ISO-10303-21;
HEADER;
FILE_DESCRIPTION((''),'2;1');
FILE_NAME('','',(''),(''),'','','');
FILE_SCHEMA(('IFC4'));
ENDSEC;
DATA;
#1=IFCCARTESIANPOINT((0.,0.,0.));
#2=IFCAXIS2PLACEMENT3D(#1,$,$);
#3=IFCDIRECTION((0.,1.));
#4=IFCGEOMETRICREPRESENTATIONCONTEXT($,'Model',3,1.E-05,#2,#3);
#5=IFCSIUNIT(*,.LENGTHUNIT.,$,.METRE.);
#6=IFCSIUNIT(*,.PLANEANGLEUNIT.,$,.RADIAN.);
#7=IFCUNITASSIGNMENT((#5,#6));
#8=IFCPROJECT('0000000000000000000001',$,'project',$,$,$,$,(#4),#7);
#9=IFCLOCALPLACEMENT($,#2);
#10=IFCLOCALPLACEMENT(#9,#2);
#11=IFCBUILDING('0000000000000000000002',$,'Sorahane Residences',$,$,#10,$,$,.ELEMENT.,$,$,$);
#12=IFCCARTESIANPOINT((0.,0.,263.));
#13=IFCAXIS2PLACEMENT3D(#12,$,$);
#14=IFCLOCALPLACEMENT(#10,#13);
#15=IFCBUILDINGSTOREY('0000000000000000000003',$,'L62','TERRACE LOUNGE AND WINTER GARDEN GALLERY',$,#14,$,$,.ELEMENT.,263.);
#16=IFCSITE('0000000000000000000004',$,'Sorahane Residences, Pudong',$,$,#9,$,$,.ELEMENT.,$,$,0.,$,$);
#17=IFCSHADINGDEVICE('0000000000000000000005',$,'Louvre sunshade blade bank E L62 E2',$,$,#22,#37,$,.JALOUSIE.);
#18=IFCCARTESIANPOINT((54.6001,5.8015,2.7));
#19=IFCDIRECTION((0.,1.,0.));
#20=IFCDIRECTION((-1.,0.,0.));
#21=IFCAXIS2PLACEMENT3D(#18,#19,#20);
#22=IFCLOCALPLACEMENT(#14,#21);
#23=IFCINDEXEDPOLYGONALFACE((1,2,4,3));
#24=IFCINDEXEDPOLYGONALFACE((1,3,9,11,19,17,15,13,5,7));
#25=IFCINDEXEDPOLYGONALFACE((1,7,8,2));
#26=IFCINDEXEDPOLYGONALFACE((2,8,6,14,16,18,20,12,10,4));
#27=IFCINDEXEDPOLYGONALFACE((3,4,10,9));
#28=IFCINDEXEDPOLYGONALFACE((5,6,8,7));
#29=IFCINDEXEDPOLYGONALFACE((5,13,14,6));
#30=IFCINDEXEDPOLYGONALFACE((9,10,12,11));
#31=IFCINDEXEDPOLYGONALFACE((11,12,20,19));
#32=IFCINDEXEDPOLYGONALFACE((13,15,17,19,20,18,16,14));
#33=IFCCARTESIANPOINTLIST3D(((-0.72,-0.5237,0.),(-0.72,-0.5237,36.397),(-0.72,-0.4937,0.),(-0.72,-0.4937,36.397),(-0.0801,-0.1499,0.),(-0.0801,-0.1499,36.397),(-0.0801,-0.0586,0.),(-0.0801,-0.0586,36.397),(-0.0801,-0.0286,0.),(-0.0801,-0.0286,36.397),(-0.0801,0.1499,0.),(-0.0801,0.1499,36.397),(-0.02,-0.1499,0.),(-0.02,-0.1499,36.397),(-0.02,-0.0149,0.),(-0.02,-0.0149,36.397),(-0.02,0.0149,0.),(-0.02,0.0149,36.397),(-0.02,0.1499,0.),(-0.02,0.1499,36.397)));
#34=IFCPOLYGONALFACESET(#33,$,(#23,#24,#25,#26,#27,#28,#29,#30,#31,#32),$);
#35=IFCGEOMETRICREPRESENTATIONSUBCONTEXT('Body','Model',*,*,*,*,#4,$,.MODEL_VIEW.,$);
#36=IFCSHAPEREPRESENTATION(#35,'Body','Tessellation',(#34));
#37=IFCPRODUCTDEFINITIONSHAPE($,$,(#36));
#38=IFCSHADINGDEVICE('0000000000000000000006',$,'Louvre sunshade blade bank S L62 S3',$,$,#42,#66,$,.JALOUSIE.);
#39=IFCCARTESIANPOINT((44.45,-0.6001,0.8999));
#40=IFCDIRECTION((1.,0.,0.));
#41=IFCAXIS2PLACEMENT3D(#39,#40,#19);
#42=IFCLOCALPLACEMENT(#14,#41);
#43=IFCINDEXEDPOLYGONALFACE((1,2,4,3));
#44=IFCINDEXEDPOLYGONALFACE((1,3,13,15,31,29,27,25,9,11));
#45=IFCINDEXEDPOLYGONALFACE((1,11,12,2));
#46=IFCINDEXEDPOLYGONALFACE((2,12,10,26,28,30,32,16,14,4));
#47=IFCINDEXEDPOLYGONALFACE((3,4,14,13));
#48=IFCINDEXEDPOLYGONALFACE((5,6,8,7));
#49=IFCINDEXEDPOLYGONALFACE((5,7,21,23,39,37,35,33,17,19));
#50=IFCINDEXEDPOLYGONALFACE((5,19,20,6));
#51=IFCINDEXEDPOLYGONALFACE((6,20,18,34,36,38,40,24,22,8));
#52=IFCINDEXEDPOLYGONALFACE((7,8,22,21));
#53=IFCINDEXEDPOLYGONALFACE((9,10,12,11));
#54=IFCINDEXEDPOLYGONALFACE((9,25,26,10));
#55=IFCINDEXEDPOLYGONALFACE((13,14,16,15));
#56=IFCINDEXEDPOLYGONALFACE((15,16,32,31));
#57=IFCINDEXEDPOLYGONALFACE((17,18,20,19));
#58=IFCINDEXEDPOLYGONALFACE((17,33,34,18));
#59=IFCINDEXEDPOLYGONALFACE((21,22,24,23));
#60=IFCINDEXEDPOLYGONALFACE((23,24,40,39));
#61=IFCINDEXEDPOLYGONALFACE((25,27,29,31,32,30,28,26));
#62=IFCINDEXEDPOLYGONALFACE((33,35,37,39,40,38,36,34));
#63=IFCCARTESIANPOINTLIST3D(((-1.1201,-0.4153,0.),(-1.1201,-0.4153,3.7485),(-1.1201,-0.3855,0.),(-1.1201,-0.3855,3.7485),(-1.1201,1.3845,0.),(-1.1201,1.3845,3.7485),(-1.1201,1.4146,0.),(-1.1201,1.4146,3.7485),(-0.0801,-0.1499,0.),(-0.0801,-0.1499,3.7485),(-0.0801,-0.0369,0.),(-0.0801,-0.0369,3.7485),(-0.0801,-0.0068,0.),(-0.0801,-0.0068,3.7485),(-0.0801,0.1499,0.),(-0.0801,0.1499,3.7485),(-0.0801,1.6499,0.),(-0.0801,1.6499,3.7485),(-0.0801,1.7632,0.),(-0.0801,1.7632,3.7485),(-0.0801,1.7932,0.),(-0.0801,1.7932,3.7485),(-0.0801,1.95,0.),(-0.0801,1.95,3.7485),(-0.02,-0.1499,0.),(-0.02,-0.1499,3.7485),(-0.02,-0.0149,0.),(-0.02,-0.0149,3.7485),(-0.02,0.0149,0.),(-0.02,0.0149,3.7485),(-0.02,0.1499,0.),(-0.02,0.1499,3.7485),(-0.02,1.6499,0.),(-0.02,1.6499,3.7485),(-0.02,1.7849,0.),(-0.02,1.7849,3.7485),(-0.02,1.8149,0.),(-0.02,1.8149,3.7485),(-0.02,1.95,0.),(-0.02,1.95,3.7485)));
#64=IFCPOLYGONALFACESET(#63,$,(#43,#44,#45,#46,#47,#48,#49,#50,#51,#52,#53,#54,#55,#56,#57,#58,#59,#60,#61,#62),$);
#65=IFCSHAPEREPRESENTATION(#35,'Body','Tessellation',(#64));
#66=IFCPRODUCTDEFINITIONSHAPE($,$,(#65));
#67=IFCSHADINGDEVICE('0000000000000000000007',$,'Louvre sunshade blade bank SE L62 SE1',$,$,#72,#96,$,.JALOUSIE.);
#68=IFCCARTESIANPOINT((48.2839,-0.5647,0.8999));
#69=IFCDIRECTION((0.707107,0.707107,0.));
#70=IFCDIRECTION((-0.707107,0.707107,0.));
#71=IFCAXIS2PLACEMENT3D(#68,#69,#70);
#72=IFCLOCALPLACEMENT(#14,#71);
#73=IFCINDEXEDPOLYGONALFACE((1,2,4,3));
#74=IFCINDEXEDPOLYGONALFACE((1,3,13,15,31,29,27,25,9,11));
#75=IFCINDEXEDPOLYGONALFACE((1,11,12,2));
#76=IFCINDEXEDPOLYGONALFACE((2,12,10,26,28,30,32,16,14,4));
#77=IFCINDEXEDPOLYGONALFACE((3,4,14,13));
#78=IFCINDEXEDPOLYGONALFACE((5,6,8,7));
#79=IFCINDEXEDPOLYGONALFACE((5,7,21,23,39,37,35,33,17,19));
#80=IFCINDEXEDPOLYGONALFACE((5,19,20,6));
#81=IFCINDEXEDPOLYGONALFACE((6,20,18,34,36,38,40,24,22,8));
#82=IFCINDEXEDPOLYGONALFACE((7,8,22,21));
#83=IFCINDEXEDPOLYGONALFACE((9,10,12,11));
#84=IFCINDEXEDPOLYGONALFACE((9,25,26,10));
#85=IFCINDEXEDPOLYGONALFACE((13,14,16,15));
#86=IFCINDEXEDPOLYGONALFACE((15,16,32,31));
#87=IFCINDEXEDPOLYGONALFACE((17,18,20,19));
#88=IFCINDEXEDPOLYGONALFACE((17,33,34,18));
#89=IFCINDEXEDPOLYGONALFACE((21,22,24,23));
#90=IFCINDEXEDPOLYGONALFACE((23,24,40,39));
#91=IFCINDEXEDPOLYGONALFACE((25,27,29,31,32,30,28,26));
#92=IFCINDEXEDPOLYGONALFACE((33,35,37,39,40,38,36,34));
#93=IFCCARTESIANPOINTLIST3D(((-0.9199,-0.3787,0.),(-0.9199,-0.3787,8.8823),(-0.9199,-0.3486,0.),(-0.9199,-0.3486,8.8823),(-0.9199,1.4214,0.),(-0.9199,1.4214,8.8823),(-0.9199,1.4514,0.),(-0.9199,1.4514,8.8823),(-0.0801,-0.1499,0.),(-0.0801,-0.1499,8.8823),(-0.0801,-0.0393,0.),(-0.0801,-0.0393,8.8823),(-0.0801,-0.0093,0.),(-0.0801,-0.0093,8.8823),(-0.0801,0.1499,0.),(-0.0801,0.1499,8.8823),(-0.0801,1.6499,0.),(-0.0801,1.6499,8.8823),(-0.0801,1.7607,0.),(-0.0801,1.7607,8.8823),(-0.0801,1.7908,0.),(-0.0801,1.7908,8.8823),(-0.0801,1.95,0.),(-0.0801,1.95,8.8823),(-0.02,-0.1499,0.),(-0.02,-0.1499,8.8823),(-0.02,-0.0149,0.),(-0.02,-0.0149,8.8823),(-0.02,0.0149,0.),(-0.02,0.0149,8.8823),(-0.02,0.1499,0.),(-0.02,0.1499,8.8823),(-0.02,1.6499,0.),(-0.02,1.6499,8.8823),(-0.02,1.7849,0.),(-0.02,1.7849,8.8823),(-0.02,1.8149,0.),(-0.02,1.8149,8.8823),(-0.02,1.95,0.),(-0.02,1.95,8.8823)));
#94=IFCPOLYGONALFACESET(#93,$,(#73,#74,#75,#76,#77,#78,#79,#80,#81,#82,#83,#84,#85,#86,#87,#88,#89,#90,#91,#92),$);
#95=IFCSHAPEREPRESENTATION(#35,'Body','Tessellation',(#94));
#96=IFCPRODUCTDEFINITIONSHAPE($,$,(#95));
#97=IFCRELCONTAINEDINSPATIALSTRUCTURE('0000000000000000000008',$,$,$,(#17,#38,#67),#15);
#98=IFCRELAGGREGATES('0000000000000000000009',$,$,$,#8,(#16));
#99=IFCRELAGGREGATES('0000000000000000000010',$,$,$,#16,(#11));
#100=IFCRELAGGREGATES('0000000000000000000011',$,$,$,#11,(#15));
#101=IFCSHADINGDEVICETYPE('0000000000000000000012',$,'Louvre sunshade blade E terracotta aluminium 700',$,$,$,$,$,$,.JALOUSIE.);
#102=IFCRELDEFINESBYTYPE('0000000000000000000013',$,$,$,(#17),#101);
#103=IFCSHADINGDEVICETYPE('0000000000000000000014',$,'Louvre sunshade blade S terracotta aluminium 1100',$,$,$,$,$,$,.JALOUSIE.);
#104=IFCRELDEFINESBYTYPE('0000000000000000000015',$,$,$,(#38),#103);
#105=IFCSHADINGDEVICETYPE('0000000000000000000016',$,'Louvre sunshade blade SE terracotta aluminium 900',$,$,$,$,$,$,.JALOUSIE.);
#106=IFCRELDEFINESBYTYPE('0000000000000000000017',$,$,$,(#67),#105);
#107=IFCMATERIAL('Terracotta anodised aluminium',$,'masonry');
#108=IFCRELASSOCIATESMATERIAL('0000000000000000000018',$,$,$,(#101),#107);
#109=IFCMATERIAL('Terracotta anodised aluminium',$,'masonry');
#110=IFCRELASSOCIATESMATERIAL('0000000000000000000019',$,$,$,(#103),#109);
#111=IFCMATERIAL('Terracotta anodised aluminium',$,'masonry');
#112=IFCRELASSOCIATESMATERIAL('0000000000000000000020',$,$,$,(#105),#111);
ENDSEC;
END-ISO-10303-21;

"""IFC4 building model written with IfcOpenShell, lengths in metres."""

from ifc_helpers import new_model, si_unit, direction, frame, origin, place, context, subcontext, project, spatial, polyline, outline, composite_profile, extrude, material, type_object, element, save


model = new_model("IFC4")

# Units and contexts
model_context = context("Model", 3, precision=1e-05, world=origin(), true_north=direction((0.0, 1.0)))
body_context = subcontext(model_context, "Body", "Model", "MODEL_VIEW")
ifc_project = project(units=[si_unit("LENGTHUNIT", "METRE"), si_unit("PLANEANGLEUNIT", "RADIAN")], contexts=[model_context])

# Site, building, storey
site_placement = place(None, origin())
site = spatial("IfcSite", under=ifc_project, at=site_placement, Name="Sorahane Residences, Pudong", CompositionType="ELEMENT", RefElevation=0.0)
building_placement = place(site_placement, origin())
building = spatial("IfcBuilding", under=site, at=building_placement, Name="Sorahane Residences", CompositionType="ELEMENT")
storey_placement = place(building_placement, frame((0.0, 0.0, 263.0)))
storey = spatial("IfcBuildingStorey", under=building, at=storey_placement, Name="L62", Description="TERRACE LOUNGE AND WINTER GARDEN GALLERY", CompositionType="ELEMENT", Elevation=263.0)

# Shading devices
ifc_material_1 = material(Name="Terracotta anodised aluminium", Category="masonry")
shading_device_type_1 = type_object("IfcShadingDeviceType", Name="Louvre sunshade blade E terracotta aluminium 700", PredefinedType="JALOUSIE", material=ifc_material_1)
shading_device_1_placement = place(storey_placement, frame((54.6001, 5.8015, 2.7), z_axis=(0.0, 1.0, 0.0), x_axis=(-1.0, 0.0, 0.0)))
element("IfcShadingDevice", 1, at=shading_device_1_placement, inside=storey, type_object=shading_device_type_1, Name="Louvre sunshade blade bank E L62 E2", PredefinedType="JALOUSIE", context=body_context, shape_type="SweptSolid", body=[
    extrude(outline(polyline([(-0.72, -0.4937), (-0.72, -0.5237), (-0.0801, -0.0586), (-0.0801, -0.1499), (-0.02, -0.1499), (-0.02, -0.0149), (-0.02, 0.0149), (-0.02, 0.1499), (-0.0801, 0.1499), (-0.0801, -0.0286), (-0.72, -0.4937)])), origin(), (0.0, 0.0, 1.0), 36.397),
])
ifc_material_2 = material(Name="Terracotta anodised aluminium", Category="masonry")
shading_device_type_2 = type_object("IfcShadingDeviceType", Name="Louvre sunshade blade S terracotta aluminium 1100", PredefinedType="JALOUSIE", material=ifc_material_2)
shading_device_2_placement = place(storey_placement, frame((44.45, -0.6001, 0.8999), z_axis=(1.0, 0.0, 0.0), x_axis=(0.0, 1.0, 0.0)))
element("IfcShadingDevice", 2, at=shading_device_2_placement, inside=storey, type_object=shading_device_type_2, Name="Louvre sunshade blade bank S L62 S3", PredefinedType="JALOUSIE", context=body_context, shape_type="SweptSolid", body=[
    extrude(composite_profile([outline(polyline([(-1.1201, -0.3855), (-1.1201, -0.4153), (-0.0801, -0.0369), (-0.0801, -0.1499), (-0.02, -0.1499), (-0.02, -0.0149), (-0.02, 0.0149), (-0.02, 0.1499), (-0.0801, 0.1499), (-0.0801, -0.0068), (-1.1201, -0.3855)])), outline(polyline([(-1.1201, 1.4146), (-1.1201, 1.3845), (-0.0801, 1.7632), (-0.0801, 1.6499), (-0.02, 1.6499), (-0.02, 1.7849), (-0.02, 1.8149), (-0.02, 1.95), (-0.0801, 1.95), (-0.0801, 1.7932), (-1.1201, 1.4146)]))]), origin(), (0.0, 0.0, 1.0), 3.7485),
])
ifc_material_3 = material(Name="Terracotta anodised aluminium", Category="masonry")
shading_device_type_3 = type_object("IfcShadingDeviceType", Name="Louvre sunshade blade SE terracotta aluminium 900", PredefinedType="JALOUSIE", material=ifc_material_3)
shading_device_3_placement = place(storey_placement, frame((48.2839, -0.5647, 0.8999), z_axis=(0.707107, 0.707107, 0.0), x_axis=(-0.707107, 0.707107, 0.0)))
element("IfcShadingDevice", 3, at=shading_device_3_placement, inside=storey, type_object=shading_device_type_3, Name="Louvre sunshade blade bank SE L62 SE1", PredefinedType="JALOUSIE", context=body_context, shape_type="SweptSolid", body=[
    extrude(composite_profile([outline(polyline([(-0.9199, -0.3486), (-0.9199, -0.3787), (-0.0801, -0.0393), (-0.0801, -0.1499), (-0.02, -0.1499), (-0.02, -0.0149), (-0.02, 0.0149), (-0.02, 0.1499), (-0.0801, 0.1499), (-0.0801, -0.0093), (-0.9199, -0.3486)])), outline(polyline([(-0.9199, 1.4514), (-0.9199, 1.4214), (-0.0801, 1.7607), (-0.0801, 1.6499), (-0.02, 1.6499), (-0.02, 1.7849), (-0.02, 1.8149), (-0.02, 1.95), (-0.0801, 1.95), (-0.0801, 1.7908), (-0.9199, 1.4514)]))]), origin(), (0.0, 0.0, 1.0), 8.8823),
])

save(model, "model.ifc")
